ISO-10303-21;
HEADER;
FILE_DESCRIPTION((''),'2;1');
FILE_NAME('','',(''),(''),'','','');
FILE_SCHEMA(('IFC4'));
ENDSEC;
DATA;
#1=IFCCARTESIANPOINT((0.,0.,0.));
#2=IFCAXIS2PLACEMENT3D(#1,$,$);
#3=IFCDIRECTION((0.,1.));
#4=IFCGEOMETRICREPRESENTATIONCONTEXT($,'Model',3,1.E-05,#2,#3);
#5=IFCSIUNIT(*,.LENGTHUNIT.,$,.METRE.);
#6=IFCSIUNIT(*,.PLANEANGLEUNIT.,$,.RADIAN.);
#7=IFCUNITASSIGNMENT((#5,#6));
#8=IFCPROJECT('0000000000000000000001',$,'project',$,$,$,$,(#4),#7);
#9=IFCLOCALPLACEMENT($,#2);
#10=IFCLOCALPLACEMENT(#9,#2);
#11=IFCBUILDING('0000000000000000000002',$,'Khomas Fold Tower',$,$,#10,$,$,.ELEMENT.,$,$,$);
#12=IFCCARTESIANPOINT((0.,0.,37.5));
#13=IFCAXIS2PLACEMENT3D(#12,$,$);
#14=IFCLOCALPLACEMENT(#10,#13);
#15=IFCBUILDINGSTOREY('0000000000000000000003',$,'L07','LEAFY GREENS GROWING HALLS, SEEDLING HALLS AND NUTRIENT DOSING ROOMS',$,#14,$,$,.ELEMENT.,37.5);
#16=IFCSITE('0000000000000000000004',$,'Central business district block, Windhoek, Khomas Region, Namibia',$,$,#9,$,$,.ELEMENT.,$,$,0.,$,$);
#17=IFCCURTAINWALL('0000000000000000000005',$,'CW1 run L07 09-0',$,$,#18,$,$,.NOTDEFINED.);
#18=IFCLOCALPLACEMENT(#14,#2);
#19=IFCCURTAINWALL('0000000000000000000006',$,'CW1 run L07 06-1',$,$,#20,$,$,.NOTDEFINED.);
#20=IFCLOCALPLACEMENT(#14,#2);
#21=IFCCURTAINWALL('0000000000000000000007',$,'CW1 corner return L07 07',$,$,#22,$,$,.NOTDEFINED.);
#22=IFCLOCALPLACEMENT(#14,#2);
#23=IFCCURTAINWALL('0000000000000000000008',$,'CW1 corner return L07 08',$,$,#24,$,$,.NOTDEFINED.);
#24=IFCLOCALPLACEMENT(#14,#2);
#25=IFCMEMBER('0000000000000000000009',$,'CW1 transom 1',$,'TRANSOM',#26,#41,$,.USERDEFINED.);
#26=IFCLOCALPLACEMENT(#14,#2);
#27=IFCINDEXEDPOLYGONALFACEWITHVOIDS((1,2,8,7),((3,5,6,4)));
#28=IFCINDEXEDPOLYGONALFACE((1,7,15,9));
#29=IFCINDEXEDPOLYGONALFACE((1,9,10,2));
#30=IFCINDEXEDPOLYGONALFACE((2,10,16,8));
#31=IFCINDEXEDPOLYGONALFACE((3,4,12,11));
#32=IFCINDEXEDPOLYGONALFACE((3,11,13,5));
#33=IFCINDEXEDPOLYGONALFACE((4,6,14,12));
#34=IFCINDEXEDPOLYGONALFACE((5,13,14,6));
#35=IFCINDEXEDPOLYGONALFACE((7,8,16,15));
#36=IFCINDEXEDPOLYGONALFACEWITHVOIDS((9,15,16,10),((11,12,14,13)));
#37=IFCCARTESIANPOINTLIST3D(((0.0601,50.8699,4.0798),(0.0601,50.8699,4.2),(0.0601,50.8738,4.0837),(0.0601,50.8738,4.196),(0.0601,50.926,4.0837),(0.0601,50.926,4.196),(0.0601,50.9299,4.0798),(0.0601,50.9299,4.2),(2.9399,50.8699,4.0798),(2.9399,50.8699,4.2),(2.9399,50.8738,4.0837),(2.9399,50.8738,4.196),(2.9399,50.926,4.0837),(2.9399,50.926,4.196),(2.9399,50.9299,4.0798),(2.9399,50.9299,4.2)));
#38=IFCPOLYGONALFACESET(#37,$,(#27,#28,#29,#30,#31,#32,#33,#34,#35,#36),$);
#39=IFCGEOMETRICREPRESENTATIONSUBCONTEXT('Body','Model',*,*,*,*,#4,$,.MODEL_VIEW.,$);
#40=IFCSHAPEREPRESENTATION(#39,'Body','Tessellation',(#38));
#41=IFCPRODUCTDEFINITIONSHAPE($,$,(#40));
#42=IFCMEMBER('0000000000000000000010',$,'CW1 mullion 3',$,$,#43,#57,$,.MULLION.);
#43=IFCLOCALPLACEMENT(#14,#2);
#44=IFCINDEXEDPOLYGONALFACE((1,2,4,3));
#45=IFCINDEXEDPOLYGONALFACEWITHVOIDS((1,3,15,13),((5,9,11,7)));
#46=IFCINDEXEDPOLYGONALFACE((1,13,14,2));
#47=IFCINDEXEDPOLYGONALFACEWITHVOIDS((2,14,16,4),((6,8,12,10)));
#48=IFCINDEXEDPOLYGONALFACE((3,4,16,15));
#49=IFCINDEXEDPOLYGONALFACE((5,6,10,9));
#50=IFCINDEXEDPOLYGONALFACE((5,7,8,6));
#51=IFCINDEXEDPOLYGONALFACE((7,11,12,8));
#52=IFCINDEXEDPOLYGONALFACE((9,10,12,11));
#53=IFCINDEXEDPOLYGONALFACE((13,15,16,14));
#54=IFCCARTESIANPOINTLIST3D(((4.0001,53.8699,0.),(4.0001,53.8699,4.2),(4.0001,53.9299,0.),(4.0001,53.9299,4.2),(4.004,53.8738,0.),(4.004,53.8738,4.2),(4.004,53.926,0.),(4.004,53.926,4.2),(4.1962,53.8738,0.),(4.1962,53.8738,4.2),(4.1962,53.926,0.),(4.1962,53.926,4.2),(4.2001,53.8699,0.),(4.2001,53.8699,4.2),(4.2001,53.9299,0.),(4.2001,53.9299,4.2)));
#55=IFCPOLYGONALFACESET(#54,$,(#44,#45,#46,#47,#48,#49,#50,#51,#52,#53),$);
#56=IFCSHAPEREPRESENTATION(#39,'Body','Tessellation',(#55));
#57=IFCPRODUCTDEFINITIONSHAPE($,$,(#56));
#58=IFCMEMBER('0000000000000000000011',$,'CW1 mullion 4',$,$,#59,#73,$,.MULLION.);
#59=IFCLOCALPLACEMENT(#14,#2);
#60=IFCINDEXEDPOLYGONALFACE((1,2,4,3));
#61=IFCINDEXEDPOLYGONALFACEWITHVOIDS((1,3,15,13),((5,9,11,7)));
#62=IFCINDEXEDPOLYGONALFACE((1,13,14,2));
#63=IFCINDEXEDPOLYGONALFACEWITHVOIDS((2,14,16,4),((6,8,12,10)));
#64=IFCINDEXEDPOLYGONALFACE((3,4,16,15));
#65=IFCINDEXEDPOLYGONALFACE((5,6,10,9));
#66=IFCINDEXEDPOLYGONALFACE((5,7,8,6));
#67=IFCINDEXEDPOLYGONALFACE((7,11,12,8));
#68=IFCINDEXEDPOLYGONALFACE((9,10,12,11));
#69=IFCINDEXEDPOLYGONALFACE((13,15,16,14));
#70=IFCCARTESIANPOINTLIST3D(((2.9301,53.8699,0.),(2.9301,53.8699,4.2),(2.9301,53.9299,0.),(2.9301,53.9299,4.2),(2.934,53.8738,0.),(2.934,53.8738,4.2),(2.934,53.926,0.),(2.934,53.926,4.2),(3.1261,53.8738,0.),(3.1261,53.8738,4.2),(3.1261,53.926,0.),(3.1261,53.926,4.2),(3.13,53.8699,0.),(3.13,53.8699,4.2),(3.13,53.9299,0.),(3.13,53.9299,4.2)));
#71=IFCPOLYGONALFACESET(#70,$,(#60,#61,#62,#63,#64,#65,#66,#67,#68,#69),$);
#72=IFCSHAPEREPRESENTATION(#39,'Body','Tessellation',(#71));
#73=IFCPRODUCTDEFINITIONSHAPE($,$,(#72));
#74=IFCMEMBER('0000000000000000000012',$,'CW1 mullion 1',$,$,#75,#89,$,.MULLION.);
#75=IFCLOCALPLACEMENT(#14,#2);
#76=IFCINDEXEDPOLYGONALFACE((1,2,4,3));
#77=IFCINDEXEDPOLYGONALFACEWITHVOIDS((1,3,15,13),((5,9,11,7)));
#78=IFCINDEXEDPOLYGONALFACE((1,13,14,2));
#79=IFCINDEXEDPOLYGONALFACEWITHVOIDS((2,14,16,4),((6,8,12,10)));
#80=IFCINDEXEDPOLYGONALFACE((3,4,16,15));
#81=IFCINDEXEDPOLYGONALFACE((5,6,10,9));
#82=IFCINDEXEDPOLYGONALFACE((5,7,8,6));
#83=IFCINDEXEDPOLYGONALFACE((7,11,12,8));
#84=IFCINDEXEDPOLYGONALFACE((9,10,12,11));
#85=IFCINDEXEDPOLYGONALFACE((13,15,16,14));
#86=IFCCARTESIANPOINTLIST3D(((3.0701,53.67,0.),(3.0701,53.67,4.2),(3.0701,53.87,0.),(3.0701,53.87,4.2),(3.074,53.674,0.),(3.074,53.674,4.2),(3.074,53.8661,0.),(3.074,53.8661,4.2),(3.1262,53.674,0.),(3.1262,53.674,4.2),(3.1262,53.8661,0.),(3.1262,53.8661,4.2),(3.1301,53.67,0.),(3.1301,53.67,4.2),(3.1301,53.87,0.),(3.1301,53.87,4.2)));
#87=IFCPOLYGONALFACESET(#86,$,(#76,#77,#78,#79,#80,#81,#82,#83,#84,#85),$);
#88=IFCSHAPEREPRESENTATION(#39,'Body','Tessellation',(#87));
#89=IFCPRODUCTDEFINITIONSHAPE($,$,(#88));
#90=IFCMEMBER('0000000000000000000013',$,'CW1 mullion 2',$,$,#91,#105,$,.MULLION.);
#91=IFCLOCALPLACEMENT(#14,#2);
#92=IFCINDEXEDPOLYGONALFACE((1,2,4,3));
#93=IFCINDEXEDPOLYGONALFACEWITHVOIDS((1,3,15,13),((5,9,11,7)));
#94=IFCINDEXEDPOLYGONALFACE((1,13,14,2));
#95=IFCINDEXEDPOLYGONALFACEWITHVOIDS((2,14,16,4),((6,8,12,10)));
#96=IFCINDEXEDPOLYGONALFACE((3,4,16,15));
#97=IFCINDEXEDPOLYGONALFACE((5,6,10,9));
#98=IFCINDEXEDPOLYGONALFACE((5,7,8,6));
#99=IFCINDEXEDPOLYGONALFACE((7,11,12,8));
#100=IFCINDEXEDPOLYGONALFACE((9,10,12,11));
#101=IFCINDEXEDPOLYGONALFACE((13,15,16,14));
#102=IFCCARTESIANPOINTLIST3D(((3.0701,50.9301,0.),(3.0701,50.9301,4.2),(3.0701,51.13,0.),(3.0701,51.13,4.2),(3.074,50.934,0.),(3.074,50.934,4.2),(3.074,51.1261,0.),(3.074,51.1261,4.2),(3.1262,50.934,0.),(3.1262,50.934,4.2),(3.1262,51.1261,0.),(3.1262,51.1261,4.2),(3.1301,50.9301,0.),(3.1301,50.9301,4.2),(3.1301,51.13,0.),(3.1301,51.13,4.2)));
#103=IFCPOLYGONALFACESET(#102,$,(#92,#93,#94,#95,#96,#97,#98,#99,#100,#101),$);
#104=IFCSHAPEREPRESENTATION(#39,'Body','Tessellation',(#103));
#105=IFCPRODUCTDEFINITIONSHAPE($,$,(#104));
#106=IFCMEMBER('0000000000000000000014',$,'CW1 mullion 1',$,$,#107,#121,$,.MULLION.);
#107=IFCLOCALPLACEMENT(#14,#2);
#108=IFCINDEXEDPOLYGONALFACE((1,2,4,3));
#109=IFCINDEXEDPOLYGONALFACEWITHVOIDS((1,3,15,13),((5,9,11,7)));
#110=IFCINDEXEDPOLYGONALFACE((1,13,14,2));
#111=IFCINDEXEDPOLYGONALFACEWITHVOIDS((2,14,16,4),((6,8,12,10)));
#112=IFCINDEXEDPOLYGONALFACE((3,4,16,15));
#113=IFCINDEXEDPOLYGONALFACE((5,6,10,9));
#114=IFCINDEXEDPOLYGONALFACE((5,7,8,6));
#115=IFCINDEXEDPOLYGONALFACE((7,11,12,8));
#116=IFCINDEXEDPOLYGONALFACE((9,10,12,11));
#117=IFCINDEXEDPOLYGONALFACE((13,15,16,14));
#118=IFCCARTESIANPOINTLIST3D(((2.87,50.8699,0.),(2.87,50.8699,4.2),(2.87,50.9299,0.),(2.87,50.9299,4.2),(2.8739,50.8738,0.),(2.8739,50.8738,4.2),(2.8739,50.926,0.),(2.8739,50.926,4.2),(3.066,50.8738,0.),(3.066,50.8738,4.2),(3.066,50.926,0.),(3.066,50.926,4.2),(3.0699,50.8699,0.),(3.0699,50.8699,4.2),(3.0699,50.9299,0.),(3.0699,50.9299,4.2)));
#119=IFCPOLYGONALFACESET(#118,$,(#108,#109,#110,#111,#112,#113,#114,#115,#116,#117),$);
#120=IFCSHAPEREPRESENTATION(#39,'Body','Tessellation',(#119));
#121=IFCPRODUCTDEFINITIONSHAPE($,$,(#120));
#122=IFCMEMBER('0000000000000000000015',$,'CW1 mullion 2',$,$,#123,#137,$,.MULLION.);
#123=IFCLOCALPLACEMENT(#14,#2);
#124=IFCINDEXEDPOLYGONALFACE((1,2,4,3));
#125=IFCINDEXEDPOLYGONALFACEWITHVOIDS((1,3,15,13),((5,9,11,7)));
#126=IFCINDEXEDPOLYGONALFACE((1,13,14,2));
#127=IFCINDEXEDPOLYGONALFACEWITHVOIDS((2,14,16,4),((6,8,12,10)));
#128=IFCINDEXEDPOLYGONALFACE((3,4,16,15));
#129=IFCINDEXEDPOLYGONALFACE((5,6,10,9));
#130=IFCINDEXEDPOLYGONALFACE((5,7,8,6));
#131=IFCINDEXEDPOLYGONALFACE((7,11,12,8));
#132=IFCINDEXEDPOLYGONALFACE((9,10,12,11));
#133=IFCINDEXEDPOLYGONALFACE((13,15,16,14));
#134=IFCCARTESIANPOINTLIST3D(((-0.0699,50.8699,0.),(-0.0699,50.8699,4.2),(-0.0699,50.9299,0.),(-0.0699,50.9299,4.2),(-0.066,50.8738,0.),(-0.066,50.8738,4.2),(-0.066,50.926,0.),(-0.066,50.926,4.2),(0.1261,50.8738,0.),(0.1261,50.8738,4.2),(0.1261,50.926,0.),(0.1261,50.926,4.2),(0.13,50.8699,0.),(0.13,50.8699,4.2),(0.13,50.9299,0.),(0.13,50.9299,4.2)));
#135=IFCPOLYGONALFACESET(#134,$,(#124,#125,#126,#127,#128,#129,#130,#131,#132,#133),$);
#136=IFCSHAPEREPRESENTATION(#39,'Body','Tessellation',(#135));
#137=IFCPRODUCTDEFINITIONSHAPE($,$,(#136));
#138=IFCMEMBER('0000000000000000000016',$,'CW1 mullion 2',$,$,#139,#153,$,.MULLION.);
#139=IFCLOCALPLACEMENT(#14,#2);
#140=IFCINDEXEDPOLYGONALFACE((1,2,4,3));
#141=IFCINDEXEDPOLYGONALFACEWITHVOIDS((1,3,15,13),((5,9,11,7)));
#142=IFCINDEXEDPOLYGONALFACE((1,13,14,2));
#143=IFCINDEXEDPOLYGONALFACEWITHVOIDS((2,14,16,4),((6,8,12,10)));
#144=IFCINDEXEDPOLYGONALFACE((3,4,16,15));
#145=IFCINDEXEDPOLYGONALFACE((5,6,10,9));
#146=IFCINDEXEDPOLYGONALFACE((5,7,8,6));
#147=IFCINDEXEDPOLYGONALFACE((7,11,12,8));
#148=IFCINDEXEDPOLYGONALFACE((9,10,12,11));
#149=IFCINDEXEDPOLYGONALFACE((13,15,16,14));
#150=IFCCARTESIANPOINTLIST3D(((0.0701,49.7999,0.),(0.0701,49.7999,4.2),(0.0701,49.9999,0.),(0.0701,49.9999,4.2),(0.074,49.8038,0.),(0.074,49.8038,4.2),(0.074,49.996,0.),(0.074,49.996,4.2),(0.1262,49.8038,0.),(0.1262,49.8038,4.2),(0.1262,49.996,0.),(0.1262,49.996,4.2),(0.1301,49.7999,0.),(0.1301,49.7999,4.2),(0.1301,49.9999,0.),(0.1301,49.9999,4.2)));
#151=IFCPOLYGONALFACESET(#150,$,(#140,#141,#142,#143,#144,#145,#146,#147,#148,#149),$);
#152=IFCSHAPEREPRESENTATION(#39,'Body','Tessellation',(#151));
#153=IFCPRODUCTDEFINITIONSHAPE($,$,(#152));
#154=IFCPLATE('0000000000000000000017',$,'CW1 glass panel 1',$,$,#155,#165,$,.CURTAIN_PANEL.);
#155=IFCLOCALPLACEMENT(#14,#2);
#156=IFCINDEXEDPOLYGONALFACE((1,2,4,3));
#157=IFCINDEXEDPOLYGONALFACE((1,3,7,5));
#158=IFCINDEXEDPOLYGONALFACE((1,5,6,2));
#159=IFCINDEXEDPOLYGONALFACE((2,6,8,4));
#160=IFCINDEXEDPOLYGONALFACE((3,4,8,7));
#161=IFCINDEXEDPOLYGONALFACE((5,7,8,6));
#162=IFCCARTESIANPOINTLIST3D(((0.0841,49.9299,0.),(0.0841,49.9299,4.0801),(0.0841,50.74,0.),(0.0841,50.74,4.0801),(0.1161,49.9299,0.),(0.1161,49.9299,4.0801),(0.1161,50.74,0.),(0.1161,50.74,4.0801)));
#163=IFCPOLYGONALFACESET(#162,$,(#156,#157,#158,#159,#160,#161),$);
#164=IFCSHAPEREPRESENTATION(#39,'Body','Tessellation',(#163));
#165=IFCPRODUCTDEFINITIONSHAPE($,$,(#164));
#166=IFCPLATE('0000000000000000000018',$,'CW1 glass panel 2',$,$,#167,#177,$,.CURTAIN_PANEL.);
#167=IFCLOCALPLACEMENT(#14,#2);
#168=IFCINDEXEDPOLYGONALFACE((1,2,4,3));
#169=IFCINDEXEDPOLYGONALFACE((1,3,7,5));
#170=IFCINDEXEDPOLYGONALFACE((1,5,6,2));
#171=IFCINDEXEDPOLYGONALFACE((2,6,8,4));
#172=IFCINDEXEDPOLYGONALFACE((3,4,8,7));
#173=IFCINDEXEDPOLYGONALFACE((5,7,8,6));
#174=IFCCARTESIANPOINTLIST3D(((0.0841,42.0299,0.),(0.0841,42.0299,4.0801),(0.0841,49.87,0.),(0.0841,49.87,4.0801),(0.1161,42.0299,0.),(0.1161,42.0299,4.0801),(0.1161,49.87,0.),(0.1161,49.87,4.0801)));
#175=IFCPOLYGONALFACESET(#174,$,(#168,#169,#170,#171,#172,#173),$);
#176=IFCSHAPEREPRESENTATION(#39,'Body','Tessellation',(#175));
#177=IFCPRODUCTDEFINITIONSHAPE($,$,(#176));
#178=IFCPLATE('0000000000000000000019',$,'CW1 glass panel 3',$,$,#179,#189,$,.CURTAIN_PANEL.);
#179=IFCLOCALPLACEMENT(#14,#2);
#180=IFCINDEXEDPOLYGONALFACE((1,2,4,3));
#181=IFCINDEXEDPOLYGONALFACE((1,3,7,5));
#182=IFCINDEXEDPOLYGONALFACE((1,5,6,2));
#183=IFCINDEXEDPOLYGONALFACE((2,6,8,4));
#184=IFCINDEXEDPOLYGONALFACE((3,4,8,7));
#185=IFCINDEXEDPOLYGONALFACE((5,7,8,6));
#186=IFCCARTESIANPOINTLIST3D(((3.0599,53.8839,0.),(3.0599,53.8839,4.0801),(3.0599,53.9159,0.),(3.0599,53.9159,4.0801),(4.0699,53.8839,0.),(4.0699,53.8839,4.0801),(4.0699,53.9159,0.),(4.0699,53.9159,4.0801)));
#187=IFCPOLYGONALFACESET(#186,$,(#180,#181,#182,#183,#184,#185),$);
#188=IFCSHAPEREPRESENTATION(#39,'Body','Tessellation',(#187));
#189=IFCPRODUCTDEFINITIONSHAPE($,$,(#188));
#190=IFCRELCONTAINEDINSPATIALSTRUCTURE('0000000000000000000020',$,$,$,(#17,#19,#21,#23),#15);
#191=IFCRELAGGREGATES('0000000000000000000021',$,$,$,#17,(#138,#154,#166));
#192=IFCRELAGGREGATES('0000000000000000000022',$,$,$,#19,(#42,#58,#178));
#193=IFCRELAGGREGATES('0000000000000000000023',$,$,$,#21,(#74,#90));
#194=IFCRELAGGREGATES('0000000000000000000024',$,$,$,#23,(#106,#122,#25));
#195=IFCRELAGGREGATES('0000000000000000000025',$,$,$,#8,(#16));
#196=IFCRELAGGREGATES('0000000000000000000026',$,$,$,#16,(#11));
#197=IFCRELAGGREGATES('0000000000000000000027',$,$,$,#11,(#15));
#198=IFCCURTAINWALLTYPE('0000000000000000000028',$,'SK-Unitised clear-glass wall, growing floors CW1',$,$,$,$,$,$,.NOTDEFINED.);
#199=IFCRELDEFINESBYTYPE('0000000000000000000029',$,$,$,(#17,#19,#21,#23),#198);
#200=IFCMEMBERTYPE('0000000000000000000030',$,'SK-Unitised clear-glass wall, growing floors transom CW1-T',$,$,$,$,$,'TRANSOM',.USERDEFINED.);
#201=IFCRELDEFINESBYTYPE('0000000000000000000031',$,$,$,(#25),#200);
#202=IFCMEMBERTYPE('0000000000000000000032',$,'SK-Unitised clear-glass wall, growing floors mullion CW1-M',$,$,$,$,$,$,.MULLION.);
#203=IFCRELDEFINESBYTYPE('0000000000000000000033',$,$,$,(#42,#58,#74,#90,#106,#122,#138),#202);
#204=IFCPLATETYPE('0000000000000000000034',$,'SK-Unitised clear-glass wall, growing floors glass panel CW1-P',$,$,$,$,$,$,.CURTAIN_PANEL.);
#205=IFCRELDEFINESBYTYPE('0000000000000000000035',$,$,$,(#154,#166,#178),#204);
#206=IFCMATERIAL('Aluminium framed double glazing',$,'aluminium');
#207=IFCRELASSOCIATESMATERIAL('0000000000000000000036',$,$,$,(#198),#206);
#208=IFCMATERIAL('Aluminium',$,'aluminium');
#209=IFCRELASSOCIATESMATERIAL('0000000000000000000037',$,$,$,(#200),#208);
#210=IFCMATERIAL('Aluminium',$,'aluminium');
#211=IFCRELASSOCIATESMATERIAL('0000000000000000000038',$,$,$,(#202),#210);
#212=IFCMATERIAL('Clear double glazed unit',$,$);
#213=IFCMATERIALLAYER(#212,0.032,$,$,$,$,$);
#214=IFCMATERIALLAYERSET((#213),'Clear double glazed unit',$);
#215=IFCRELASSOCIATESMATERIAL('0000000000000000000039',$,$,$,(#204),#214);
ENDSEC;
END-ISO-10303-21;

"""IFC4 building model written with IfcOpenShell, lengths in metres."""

from ifc_helpers import new_model, si_unit, direction, frame, origin, origin_2d, place, context, subcontext, project, spatial, rectangle, hollow_rectangle, extrude, source, transform, mapped, material, layer, layer_set, material_profile, profile_set, type_object, element, aggregate, save


model = new_model("IFC4")

# Units and contexts
model_context = context("Model", 3, precision=1e-05, world=origin(), true_north=direction((0.0, 1.0)))
body_context = subcontext(model_context, "Body", "Model", "MODEL_VIEW")
ifc_project = project(units=[si_unit("LENGTHUNIT", "METRE"), si_unit("PLANEANGLEUNIT", "RADIAN")], contexts=[model_context])

# Site, building, storey
site_placement = place(None, origin())
site = spatial("IfcSite", under=ifc_project, at=site_placement, Name="Central business district block, Windhoek, Khomas Region, Namibia", CompositionType="ELEMENT", RefElevation=0.0)
building_placement = place(site_placement, origin())
building = spatial("IfcBuilding", under=site, at=building_placement, Name="Khomas Fold Tower", CompositionType="ELEMENT")
storey_placement = place(building_placement, frame((0.0, 0.0, 37.5)))
storey = spatial("IfcBuildingStorey", under=building, at=storey_placement, Name="L07", Description="LEAFY GREENS GROWING HALLS, SEEDLING HALLS AND NUTRIENT DOSING ROOMS", CompositionType="ELEMENT", Elevation=37.5)

# Curtain wall
ifc_material_1 = material(Name="Aluminium framed double glazing", Category="aluminium")
curtain_wall_type = type_object("IfcCurtainWallType", Name="SK-Unitised clear-glass wall, growing floors CW1", PredefinedType="NOTDEFINED", material=ifc_material_1)
curtain_wall_1_placement = place(storey_placement, origin())
curtain_wall_1 = element("IfcCurtainWall", 1, at=curtain_wall_1_placement, inside=storey, type_object=curtain_wall_type, Name="CW1 run L07 09-0", PredefinedType="NOTDEFINED")
ifc_material_2 = material(Name="Aluminium", Category="aluminium")
ifc_material_profile_1 = material_profile(ifc_material_2, hollow_rectangle(XDim=0.0601, YDim=0.1201, WallThickness=0.0039, at=origin_2d()), Name="SK-Unitised clear-glass wall, growing floors transom CW1-T")
ifc_profile_set_1 = profile_set([ifc_material_profile_1], Name="Aluminium")
member_type_1 = type_object("IfcMemberType", Name="SK-Unitised clear-glass wall, growing floors transom CW1-T", ElementType="TRANSOM", PredefinedType="USERDEFINED", material=ifc_profile_set_1)

# Curtain walls, member
curtain_wall_2_placement = place(storey_placement, origin())
curtain_wall_2 = element("IfcCurtainWall", 2, at=curtain_wall_2_placement, inside=storey, type_object=curtain_wall_type, Name="CW1 run L07 06-1", PredefinedType="NOTDEFINED")
curtain_wall_3_placement = place(storey_placement, origin())
curtain_wall_3 = element("IfcCurtainWall", 3, at=curtain_wall_3_placement, inside=storey, type_object=curtain_wall_type, Name="CW1 corner return L07 07", PredefinedType="NOTDEFINED")
curtain_wall_4_placement = place(storey_placement, origin())
curtain_wall_4 = element("IfcCurtainWall", 4, at=curtain_wall_4_placement, inside=storey, type_object=curtain_wall_type, Name="CW1 corner return L07 08", PredefinedType="NOTDEFINED")
shared_shape_1 = source(origin(), body_context, "Body", "SweptSolid", [
    extrude(hollow_rectangle(XDim=0.0601, YDim=0.1201, WallThickness=0.0039, at=origin_2d()), origin(), (0.0, 0.0, 1.0), 2.8799),
])
member_1_placement = place(storey_placement, frame((2.9399, 50.8999, 4.1399), z_axis=(-1.0, 0.0, 0.0), x_axis=(0.0, -1.0, 0.0)))
member_1 = element("IfcMember", 5, at=member_1_placement, type_object=member_type_1, Name="CW1 transom 1", ObjectType="TRANSOM", PredefinedType="USERDEFINED", context=body_context, shape_type="MappedRepresentation", body=[
    mapped(shared_shape_1, transform((0.0, 0.0, 0.0))),
])

# Members
ifc_material_3 = material(Name="Aluminium", Category="aluminium")
ifc_material_profile_2 = material_profile(ifc_material_3, hollow_rectangle(XDim=0.0601, YDim=0.2, WallThickness=0.0039, at=origin_2d()), Name="SK-Unitised clear-glass wall, growing floors mullion CW1-M")
ifc_profile_set_2 = profile_set([ifc_material_profile_2], Name="Aluminium")
member_type_2 = type_object("IfcMemberType", Name="SK-Unitised clear-glass wall, growing floors mullion CW1-M", PredefinedType="MULLION", material=ifc_profile_set_2)
shared_shape_2 = source(origin(), body_context, "Body", "SweptSolid", [
    extrude(hollow_rectangle(XDim=0.0601, YDim=0.2, WallThickness=0.0039, at=origin_2d()), origin(), (0.0, 0.0, 1.0), 4.2),
])
member_2_placement = place(storey_placement, frame((4.1001, 53.8999, 0.0), z_axis=(0.0, 0.0, 1.0), x_axis=(0.0, -1.0, 0.0)))
member_2 = element("IfcMember", 6, at=member_2_placement, type_object=member_type_2, Name="CW1 mullion 3", PredefinedType="MULLION", context=body_context, shape_type="MappedRepresentation", body=[
    mapped(shared_shape_2, transform((0.0, 0.0, 0.0))),
])
member_3_placement = place(storey_placement, frame((3.03, 53.8999, 0.0), z_axis=(0.0, 0.0, 1.0), x_axis=(0.0, -1.0, 0.0)))
member_3 = element("IfcMember", 7, at=member_3_placement, type_object=member_type_2, Name="CW1 mullion 4", PredefinedType="MULLION", context=body_context, shape_type="MappedRepresentation", body=[
    mapped(shared_shape_2, transform((0.0, 0.0, 0.0))),
])
member_4_placement = place(storey_placement, frame((3.1001, 53.77, 0.0), z_axis=(0.0, 0.0, 1.0), x_axis=(1.0, 0.0, 0.0)))
member_4 = element("IfcMember", 8, at=member_4_placement, type_object=member_type_2, Name="CW1 mullion 1", PredefinedType="MULLION", context=body_context, shape_type="MappedRepresentation", body=[
    mapped(shared_shape_2, transform((0.0, 0.0, 0.0))),
])
member_5_placement = place(storey_placement, frame((3.1001, 51.03, 0.0), z_axis=(0.0, 0.0, 1.0), x_axis=(1.0, 0.0, 0.0)))
member_5 = element("IfcMember", 9, at=member_5_placement, type_object=member_type_2, Name="CW1 mullion 2", PredefinedType="MULLION", context=body_context, shape_type="MappedRepresentation", body=[
    mapped(shared_shape_2, transform((0.0, 0.0, 0.0))),
])
member_6_placement = place(storey_placement, frame((2.97, 50.8999, 0.0), z_axis=(0.0, 0.0, 1.0), x_axis=(0.0, -1.0, 0.0)))
member_6 = element("IfcMember", 10, at=member_6_placement, type_object=member_type_2, Name="CW1 mullion 1", PredefinedType="MULLION", context=body_context, shape_type="MappedRepresentation", body=[
    mapped(shared_shape_2, transform((0.0, 0.0, 0.0))),
])
member_7_placement = place(storey_placement, frame((0.03, 50.8999, 0.0), z_axis=(0.0, 0.0, 1.0), x_axis=(0.0, -1.0, 0.0)))
member_7 = element("IfcMember", 11, at=member_7_placement, type_object=member_type_2, Name="CW1 mullion 2", PredefinedType="MULLION", context=body_context, shape_type="MappedRepresentation", body=[
    mapped(shared_shape_2, transform((0.0, 0.0, 0.0))),
])
member_8_placement = place(storey_placement, frame((0.1001, 49.8999, 0.0), z_axis=(0.0, 0.0, 1.0), x_axis=(1.0, 0.0, 0.0)))
member_8 = element("IfcMember", 12, at=member_8_placement, type_object=member_type_2, Name="CW1 mullion 2", PredefinedType="MULLION", context=body_context, shape_type="MappedRepresentation", body=[
    mapped(shared_shape_2, transform((0.0, 0.0, 0.0))),
])

# Plates
ifc_material_4 = material(Name="Clear double glazed unit")
ifc_layer_1 = layer(ifc_material_4, 0.032)
ifc_layer_set_1 = layer_set([ifc_layer_1], Name="Clear double glazed unit")
plate_type = type_object("IfcPlateType", Name="SK-Unitised clear-glass wall, growing floors glass panel CW1-P", PredefinedType="CURTAIN_PANEL", material=ifc_layer_set_1)
shared_shape_3 = source(origin(), body_context, "Body", "SweptSolid", [
    extrude(rectangle(XDim=0.8101, YDim=0.032, at=origin_2d()), origin(), (0.0, 0.0, 1.0), 4.0801),
])
plate_1_placement = place(storey_placement, frame((0.1001, 50.335, 0.0), z_axis=(0.0, 0.0, 1.0), x_axis=(0.0, -1.0, 0.0)))
plate_1 = element("IfcPlate", 13, at=plate_1_placement, type_object=plate_type, Name="CW1 glass panel 1", PredefinedType="CURTAIN_PANEL", context=body_context, shape_type="MappedRepresentation", body=[
    mapped(shared_shape_3, transform((0.0, 0.0, 0.0))),
])
shared_shape_4 = source(origin(), body_context, "Body", "SweptSolid", [
    extrude(rectangle(XDim=7.8401, YDim=0.032, at=origin_2d()), origin(), (0.0, 0.0, 1.0), 4.0801),
])
plate_2_placement = place(storey_placement, frame((0.1001, 45.95, 0.0), z_axis=(0.0, 0.0, 1.0), x_axis=(0.0, -1.0, 0.0)))
plate_2 = element("IfcPlate", 14, at=plate_2_placement, type_object=plate_type, Name="CW1 glass panel 2", PredefinedType="CURTAIN_PANEL", context=body_context, shape_type="MappedRepresentation", body=[
    mapped(shared_shape_4, transform((0.0, 0.0, 0.0))),
])
aggregate(curtain_wall_1, [member_8, plate_1, plate_2])
shared_shape_5 = source(origin(), body_context, "Body", "SweptSolid", [
    extrude(rectangle(XDim=1.01, YDim=0.032, at=origin_2d()), origin(), (0.0, 0.0, 1.0), 4.0801),
])
plate_3_placement = place(storey_placement, frame((3.5649, 53.8999, 0.0), z_axis=(0.0, 0.0, 1.0), x_axis=(-1.0, 0.0, 0.0)))
plate_3 = element("IfcPlate", 15, at=plate_3_placement, type_object=plate_type, Name="CW1 glass panel 3", PredefinedType="CURTAIN_PANEL", context=body_context, shape_type="MappedRepresentation", body=[
    mapped(shared_shape_5, transform((0.0, 0.0, 0.0))),
])
aggregate(curtain_wall_2, [member_2, member_3, plate_3])
aggregate(curtain_wall_3, [member_4, member_5])
aggregate(curtain_wall_4, [member_6, member_7, member_1])

save(model, "model.ifc")
